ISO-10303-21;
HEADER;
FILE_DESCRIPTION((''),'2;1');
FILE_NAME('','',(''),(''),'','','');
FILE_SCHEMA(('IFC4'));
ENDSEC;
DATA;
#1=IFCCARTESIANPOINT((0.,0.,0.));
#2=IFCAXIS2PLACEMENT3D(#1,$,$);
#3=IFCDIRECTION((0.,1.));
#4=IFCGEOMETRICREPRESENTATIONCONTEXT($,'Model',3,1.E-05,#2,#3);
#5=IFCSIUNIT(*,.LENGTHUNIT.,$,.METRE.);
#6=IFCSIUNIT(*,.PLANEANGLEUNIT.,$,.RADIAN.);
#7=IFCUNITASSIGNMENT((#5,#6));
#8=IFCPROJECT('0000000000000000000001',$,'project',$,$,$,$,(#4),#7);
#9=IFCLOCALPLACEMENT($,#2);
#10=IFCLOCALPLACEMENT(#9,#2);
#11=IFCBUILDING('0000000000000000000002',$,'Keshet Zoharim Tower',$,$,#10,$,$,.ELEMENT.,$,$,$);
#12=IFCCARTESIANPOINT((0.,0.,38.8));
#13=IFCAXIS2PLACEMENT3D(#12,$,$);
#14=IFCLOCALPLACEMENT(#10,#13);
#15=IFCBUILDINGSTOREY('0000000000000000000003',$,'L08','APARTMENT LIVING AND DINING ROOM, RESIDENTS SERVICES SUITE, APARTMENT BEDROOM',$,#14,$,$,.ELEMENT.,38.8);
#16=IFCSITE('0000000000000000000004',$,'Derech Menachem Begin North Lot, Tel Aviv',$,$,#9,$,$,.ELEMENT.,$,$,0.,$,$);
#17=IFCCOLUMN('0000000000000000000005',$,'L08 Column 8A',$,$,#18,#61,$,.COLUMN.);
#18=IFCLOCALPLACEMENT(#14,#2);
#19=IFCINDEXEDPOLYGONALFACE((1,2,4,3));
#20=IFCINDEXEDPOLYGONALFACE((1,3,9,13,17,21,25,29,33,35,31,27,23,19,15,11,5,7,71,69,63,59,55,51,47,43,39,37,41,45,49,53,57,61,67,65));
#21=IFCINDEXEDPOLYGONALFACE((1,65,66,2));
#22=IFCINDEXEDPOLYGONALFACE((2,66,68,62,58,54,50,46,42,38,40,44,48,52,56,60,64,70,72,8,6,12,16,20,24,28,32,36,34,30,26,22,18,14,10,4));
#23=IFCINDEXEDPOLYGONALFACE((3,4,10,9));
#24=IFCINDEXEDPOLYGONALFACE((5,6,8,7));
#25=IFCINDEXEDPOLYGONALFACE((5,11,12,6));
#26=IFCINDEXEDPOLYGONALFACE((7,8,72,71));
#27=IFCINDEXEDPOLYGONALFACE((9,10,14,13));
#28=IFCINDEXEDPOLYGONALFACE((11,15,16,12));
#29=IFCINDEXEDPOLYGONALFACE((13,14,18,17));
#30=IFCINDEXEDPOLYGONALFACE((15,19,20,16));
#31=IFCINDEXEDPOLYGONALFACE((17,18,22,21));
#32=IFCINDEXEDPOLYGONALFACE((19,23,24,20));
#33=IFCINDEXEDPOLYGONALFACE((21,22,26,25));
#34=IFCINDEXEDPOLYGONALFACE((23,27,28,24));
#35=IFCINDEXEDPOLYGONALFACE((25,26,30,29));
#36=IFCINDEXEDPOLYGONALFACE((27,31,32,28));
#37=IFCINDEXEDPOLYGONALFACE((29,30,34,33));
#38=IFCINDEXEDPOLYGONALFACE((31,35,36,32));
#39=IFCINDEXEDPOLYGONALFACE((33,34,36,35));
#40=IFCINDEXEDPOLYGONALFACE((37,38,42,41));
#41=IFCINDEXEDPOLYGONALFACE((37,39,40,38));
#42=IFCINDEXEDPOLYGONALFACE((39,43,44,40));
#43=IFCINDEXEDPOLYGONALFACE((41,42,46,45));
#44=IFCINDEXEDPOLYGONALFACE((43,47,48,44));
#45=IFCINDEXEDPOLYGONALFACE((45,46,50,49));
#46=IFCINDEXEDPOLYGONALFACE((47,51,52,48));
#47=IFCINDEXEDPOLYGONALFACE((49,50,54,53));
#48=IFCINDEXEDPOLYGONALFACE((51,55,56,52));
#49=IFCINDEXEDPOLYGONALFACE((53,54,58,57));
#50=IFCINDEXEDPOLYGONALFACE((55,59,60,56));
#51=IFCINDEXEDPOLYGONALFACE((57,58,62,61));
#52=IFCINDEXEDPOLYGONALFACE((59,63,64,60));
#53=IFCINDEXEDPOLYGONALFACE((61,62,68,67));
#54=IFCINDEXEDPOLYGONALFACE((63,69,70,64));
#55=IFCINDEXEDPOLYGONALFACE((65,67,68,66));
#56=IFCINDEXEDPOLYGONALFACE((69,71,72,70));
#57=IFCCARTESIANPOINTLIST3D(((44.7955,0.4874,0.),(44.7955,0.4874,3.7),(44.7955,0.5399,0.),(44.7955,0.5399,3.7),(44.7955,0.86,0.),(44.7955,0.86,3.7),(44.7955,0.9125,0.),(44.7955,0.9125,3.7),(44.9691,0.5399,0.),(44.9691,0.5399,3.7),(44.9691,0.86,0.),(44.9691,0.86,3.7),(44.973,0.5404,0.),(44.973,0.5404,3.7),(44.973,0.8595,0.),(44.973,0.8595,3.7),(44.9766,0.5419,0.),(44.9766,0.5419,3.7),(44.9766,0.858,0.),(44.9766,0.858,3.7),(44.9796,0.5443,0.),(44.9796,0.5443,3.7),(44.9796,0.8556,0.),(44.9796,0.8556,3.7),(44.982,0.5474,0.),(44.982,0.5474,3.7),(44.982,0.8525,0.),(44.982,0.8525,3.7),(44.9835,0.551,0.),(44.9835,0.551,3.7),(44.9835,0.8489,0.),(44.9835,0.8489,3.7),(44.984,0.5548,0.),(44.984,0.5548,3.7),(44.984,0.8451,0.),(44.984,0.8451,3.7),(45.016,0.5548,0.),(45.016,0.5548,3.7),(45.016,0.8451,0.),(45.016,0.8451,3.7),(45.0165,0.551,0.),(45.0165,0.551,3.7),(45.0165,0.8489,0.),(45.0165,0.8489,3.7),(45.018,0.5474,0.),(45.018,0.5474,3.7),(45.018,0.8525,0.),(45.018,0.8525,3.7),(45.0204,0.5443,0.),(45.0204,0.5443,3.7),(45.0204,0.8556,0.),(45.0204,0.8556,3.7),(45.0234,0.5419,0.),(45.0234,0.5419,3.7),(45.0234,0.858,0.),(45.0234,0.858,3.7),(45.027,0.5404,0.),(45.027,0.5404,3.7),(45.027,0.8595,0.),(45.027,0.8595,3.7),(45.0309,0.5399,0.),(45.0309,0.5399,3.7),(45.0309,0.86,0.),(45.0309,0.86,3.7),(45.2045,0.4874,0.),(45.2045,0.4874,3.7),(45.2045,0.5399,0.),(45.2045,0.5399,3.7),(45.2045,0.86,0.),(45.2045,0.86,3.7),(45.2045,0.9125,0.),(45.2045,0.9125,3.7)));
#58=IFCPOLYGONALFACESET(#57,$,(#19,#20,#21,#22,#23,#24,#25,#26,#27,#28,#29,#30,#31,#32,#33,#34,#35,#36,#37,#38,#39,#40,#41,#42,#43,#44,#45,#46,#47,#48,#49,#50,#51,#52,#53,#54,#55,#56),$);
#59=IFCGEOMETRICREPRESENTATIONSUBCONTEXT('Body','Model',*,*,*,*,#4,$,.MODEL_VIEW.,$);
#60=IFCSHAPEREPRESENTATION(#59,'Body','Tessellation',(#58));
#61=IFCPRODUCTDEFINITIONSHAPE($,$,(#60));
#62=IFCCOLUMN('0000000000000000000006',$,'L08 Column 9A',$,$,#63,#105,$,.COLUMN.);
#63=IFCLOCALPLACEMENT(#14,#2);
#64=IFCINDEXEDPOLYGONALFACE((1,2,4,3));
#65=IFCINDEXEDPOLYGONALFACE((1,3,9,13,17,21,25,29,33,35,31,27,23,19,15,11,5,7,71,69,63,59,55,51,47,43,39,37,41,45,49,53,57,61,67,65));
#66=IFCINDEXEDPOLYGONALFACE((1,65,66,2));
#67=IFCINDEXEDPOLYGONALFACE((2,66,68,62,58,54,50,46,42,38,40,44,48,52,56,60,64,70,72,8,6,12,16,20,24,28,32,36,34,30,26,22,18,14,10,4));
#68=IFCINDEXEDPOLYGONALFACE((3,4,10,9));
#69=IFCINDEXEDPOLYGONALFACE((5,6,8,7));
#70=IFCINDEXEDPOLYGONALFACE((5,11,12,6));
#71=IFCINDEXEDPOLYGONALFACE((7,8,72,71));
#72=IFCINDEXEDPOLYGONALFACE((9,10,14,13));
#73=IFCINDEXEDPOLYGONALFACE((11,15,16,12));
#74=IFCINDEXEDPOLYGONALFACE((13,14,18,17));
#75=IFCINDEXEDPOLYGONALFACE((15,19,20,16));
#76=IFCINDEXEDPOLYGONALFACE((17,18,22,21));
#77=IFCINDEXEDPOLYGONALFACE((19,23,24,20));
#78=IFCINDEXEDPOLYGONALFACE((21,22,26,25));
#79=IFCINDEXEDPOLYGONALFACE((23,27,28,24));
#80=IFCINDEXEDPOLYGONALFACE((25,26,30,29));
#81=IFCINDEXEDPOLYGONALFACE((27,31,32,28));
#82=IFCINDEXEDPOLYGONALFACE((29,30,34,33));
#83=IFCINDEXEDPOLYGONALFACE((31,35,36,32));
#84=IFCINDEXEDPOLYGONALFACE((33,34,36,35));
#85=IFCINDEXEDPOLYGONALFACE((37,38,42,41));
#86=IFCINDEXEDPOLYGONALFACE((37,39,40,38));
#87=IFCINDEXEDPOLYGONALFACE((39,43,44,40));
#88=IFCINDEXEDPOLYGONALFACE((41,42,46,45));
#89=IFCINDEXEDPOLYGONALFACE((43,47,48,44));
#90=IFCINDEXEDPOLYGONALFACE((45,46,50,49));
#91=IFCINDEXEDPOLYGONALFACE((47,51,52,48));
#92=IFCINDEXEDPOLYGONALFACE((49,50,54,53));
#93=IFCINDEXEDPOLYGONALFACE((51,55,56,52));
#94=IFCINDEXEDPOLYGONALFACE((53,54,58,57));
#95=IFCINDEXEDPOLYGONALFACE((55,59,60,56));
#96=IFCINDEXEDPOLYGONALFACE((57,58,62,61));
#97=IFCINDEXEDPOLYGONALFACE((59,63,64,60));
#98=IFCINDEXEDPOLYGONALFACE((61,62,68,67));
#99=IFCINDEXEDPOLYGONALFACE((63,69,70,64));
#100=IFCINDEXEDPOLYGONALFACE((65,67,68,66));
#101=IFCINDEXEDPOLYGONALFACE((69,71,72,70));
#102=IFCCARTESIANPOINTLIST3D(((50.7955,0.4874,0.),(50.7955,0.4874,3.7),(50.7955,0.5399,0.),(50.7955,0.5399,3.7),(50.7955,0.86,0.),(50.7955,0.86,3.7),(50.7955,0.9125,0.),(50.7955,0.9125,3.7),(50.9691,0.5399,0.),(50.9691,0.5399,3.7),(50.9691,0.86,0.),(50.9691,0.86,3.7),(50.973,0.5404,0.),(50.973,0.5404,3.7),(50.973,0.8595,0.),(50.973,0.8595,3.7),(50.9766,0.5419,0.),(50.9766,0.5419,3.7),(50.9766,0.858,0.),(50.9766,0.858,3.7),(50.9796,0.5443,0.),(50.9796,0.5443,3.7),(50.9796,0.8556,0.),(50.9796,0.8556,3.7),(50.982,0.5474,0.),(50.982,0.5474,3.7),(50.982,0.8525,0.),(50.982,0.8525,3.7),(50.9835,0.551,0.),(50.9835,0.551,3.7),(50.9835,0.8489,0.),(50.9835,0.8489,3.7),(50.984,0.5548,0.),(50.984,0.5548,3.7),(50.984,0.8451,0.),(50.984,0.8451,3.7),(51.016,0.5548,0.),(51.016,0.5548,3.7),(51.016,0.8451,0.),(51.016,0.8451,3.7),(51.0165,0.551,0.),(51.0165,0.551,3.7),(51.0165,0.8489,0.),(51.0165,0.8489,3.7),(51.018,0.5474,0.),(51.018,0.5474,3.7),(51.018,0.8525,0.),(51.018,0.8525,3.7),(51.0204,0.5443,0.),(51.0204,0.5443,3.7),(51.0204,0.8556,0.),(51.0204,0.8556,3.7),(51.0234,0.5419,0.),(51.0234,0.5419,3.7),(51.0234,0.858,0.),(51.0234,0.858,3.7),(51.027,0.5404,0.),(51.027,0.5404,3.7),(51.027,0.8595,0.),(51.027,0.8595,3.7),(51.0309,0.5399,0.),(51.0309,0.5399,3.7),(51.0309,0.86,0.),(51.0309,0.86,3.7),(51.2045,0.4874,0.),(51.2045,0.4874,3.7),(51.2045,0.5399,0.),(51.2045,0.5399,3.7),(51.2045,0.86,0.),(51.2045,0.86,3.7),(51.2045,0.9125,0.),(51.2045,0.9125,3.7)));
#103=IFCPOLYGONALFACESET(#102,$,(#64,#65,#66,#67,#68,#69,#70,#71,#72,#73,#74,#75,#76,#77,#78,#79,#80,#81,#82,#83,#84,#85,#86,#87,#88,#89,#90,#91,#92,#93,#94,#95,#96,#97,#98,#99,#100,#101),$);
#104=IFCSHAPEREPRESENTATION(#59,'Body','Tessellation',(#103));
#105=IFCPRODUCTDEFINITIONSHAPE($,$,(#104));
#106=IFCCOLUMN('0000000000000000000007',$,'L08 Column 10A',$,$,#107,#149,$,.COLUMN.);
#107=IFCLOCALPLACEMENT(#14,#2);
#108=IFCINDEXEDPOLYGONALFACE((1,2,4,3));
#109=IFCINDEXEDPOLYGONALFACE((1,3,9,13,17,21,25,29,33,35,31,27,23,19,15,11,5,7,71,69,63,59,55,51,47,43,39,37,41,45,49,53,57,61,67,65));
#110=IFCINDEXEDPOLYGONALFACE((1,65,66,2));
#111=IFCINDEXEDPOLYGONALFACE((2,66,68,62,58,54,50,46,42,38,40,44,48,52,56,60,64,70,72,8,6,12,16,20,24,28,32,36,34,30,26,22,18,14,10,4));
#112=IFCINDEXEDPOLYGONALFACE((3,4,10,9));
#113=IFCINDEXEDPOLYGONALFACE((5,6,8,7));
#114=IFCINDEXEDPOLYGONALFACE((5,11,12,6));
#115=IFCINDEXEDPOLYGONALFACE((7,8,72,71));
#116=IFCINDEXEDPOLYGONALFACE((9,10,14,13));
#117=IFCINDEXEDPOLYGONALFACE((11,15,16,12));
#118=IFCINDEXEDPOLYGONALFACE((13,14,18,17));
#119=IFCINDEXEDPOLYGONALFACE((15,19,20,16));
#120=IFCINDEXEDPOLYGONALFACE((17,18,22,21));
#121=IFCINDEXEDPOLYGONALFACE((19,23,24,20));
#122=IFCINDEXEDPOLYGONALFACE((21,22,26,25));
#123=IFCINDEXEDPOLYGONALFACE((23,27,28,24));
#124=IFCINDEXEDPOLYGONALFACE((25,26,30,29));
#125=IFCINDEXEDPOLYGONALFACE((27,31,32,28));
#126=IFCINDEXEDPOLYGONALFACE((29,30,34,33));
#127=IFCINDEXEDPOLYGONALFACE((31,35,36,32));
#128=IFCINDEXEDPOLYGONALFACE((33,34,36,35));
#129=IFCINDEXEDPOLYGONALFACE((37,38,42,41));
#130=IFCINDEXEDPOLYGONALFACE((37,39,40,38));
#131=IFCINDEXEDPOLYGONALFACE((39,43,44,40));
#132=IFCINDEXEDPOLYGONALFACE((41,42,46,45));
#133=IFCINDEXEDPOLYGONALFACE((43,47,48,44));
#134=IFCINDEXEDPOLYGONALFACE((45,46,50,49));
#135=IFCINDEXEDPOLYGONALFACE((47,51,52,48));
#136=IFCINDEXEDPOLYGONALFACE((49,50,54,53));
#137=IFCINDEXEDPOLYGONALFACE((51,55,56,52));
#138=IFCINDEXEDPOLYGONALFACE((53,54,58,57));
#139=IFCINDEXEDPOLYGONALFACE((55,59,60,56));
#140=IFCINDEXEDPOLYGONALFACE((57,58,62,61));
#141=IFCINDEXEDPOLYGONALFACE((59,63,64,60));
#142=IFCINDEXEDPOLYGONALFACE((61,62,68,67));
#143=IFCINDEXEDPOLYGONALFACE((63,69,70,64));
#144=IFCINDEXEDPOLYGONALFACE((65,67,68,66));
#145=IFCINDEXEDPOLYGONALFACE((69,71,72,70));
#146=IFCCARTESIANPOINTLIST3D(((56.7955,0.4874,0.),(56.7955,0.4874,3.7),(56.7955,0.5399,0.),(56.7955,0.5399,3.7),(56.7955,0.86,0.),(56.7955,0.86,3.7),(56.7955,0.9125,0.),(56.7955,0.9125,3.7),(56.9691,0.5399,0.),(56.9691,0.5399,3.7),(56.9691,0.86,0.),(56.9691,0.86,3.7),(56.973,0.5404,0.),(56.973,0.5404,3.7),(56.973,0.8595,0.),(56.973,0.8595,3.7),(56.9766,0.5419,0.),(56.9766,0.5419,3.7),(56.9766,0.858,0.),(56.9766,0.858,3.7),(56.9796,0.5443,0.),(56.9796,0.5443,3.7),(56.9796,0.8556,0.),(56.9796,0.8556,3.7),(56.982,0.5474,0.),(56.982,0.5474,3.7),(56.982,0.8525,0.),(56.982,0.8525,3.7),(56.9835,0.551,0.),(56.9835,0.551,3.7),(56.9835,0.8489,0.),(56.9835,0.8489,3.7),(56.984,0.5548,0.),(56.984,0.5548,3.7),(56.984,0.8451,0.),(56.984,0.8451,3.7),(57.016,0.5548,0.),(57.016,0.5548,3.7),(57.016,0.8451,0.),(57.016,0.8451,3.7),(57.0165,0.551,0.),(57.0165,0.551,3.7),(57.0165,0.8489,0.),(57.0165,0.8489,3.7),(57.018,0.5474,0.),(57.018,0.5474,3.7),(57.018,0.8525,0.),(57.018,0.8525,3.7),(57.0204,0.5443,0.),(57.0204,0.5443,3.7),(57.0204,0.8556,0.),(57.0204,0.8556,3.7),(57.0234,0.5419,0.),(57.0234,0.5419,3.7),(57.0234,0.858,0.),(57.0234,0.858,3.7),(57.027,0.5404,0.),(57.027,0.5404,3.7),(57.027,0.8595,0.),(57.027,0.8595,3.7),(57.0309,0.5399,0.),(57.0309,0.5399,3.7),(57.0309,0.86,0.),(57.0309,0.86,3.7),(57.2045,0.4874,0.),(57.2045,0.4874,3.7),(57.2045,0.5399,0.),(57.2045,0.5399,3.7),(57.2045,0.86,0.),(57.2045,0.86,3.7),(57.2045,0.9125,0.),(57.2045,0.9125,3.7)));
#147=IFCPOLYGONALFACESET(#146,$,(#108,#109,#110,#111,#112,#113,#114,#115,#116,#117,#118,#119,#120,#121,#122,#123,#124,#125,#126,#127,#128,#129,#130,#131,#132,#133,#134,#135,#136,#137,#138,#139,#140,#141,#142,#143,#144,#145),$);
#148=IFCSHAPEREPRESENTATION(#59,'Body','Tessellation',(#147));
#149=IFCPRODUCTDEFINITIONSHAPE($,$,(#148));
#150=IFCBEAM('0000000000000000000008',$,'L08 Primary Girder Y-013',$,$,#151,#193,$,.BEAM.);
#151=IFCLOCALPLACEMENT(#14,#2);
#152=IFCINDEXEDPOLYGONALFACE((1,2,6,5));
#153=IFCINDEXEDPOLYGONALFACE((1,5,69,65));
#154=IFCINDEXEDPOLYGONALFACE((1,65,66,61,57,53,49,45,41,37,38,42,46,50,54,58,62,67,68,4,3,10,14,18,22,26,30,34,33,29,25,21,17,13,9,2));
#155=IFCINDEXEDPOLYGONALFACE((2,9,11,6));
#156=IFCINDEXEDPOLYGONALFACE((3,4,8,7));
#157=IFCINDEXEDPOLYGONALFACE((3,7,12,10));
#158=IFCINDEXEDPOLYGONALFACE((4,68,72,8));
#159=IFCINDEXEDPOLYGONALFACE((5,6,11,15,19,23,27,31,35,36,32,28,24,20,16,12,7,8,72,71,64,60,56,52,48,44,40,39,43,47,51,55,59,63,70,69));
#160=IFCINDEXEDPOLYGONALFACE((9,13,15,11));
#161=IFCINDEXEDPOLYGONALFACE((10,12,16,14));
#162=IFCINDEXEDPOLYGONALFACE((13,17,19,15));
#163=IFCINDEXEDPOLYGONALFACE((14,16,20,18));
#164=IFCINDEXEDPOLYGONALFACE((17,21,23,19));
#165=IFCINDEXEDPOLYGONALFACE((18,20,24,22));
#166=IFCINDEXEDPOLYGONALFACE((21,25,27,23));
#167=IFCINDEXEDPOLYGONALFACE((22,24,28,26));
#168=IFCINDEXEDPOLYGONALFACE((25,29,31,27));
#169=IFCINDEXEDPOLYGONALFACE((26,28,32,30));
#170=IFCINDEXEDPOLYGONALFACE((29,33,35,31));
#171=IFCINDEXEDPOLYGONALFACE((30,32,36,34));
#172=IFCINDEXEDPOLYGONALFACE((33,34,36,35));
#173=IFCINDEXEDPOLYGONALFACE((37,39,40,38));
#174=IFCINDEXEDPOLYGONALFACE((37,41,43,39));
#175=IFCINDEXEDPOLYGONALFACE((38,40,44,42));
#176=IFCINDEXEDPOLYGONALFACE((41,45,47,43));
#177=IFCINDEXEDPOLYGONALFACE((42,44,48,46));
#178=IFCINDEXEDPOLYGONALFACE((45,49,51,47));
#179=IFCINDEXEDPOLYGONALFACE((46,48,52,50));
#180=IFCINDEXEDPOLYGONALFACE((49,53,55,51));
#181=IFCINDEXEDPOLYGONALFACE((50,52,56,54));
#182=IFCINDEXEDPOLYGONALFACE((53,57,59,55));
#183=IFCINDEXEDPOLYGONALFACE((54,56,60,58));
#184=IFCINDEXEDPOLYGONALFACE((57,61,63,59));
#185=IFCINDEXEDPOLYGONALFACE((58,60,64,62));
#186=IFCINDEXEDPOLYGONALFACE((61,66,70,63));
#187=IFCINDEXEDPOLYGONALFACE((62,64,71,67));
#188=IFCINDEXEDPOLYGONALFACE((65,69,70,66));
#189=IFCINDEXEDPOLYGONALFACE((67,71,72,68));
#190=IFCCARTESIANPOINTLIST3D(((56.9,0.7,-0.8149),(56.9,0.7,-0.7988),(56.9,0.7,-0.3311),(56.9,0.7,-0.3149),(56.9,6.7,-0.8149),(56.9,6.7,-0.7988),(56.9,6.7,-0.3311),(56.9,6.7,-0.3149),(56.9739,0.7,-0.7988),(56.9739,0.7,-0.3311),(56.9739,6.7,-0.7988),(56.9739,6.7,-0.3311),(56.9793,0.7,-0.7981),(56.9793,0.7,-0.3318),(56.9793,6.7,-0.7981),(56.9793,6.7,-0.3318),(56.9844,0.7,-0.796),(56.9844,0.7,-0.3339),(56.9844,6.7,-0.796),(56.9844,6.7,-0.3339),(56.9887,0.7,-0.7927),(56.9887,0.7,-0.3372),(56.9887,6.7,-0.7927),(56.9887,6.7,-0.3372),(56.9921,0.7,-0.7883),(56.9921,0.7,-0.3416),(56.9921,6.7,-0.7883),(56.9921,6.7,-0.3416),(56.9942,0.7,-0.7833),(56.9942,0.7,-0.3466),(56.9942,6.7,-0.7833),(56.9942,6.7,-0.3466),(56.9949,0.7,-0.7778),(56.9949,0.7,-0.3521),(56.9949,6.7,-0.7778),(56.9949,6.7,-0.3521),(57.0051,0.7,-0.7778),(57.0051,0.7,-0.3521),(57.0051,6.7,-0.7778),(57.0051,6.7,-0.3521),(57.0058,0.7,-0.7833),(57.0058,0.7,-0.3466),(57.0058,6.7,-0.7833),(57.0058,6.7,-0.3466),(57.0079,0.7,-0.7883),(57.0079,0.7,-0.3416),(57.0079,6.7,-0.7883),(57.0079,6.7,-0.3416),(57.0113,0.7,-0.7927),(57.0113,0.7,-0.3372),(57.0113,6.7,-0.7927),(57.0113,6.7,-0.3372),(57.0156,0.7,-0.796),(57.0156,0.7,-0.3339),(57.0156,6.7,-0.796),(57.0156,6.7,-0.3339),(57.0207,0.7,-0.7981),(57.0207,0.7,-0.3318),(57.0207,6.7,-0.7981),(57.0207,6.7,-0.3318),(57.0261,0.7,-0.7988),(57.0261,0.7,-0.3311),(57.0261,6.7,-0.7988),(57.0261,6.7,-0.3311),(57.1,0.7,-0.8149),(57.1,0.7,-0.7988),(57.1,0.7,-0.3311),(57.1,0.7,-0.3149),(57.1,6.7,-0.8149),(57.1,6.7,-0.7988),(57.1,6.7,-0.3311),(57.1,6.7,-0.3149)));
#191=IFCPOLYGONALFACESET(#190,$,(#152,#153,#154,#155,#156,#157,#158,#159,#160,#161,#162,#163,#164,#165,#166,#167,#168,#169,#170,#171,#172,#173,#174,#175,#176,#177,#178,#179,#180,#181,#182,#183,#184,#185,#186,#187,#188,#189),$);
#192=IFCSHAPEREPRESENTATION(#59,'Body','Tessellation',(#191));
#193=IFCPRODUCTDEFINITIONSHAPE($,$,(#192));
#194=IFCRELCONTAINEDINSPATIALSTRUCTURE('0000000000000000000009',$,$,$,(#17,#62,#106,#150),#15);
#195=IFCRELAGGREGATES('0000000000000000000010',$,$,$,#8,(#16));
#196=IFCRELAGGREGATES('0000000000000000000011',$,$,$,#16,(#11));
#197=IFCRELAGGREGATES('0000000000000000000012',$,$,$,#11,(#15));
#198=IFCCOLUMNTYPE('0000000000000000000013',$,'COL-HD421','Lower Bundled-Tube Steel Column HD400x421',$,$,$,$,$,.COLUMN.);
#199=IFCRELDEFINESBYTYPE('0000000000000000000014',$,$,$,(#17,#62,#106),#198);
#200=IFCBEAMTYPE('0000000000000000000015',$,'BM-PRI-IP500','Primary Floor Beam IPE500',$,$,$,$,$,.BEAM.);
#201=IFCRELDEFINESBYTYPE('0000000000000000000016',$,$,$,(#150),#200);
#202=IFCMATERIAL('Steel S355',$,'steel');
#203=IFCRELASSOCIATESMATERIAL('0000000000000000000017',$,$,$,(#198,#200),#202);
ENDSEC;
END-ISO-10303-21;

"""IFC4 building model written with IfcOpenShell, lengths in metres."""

from ifc_helpers import new_model, si_unit, direction, frame, origin, origin_2d, place, context, subcontext, project, spatial, i_section, extrude, material, material_profile, profile_set, type_object, element, save


model = new_model("IFC4")

# Units and contexts
model_context = context("Model", 3, precision=1e-05, world=origin(), true_north=direction((0.0, 1.0)))
body_context = subcontext(model_context, "Body", "Model", "MODEL_VIEW")
ifc_project = project(units=[si_unit("LENGTHUNIT", "METRE"), si_unit("PLANEANGLEUNIT", "RADIAN")], contexts=[model_context])

# Site, building, storey
site_placement = place(None, origin())
site = spatial("IfcSite", under=ifc_project, at=site_placement, Name="Derech Menachem Begin North Lot, Tel Aviv", CompositionType="ELEMENT", RefElevation=0.0)
building_placement = place(site_placement, origin())
building = spatial("IfcBuilding", under=site, at=building_placement, Name="Keshet Zoharim Tower", CompositionType="ELEMENT")
storey_placement = place(building_placement, frame((0.0, 0.0, 38.8)))
storey = spatial("IfcBuildingStorey", under=building, at=storey_placement, Name="L08", Description="APARTMENT LIVING AND DINING ROOM, RESIDENTS SERVICES SUITE, APARTMENT BEDROOM", CompositionType="ELEMENT", Elevation=38.8)

# Columns
ifc_material_1 = material(Name="Steel S355", Category="steel")
ifc_material_profile_1 = material_profile(ifc_material_1, i_section(OverallWidth=0.4089, OverallDepth=0.425, WebThickness=0.032, FlangeThickness=0.0525, FilletRadius=0.0149, at=origin_2d()), Name="HD400x421")
ifc_profile_set_1 = profile_set([ifc_material_profile_1], Name="Steel S355")
column_type = type_object("IfcColumnType", Name="COL-HD421", Description="Lower Bundled-Tube Steel Column HD400x421", PredefinedType="COLUMN", material=ifc_profile_set_1)
for number, where, z_axis, x_axis, name in (
    (1, (45.0, 0.7, 0.0), (0.0, 0.0, 1.0), (1.0, 0.0, 0.0), "L08 Column 8A"),
    (2, (51.0, 0.7, 0.0), (0.0, 0.0, 1.0), (1.0, 0.0, 0.0), "L08 Column 9A"),
    (3, (57.0, 0.7, 0.0), (0.0, 0.0, 1.0), (1.0, 0.0, 0.0), "L08 Column 10A"),
):
    element("IfcColumn", number, at=place(storey_placement, frame(where, z_axis=z_axis, x_axis=x_axis)), inside=storey, type_object=column_type, Name=name, PredefinedType="COLUMN", context=body_context, shape_type="SweptSolid", body=[
        extrude(i_section(OverallWidth=0.4089, OverallDepth=0.425, WebThickness=0.032, FlangeThickness=0.0525, FilletRadius=0.0149, at=origin_2d()), origin(), (0.0, 0.0, 1.0), 3.7),
    ])

# Beam
ifc_material_profile_2 = material_profile(ifc_material_1, i_section(OverallWidth=0.2, OverallDepth=0.5, WebThickness=0.0103, FlangeThickness=0.0161, FilletRadius=0.021, at=origin_2d()), Name="IPE500")
ifc_profile_set_2 = profile_set([ifc_material_profile_2], Name="Steel S355")
beam_type_1 = type_object("IfcBeamType", Name="BM-PRI-IP500", Description="Primary Floor Beam IPE500", PredefinedType="BEAM", material=ifc_profile_set_2)
beam_placement = place(storey_placement, frame((57.0, 0.7, -0.5649), z_axis=(0.0, 1.0, 0.0), x_axis=(-1.0, 0.0, 0.0)))
element("IfcBeam", 4, at=beam_placement, inside=storey, type_object=beam_type_1, Name="L08 Primary Girder Y-013", PredefinedType="BEAM", context=body_context, shape_type="SweptSolid", body=[
    extrude(i_section(OverallWidth=0.2, OverallDepth=0.5, WebThickness=0.0103, FlangeThickness=0.0161, FilletRadius=0.021, at=origin_2d()), origin(), (0.0, 0.0, 1.0), 6.0),
])

save(model, "model.ifc")
